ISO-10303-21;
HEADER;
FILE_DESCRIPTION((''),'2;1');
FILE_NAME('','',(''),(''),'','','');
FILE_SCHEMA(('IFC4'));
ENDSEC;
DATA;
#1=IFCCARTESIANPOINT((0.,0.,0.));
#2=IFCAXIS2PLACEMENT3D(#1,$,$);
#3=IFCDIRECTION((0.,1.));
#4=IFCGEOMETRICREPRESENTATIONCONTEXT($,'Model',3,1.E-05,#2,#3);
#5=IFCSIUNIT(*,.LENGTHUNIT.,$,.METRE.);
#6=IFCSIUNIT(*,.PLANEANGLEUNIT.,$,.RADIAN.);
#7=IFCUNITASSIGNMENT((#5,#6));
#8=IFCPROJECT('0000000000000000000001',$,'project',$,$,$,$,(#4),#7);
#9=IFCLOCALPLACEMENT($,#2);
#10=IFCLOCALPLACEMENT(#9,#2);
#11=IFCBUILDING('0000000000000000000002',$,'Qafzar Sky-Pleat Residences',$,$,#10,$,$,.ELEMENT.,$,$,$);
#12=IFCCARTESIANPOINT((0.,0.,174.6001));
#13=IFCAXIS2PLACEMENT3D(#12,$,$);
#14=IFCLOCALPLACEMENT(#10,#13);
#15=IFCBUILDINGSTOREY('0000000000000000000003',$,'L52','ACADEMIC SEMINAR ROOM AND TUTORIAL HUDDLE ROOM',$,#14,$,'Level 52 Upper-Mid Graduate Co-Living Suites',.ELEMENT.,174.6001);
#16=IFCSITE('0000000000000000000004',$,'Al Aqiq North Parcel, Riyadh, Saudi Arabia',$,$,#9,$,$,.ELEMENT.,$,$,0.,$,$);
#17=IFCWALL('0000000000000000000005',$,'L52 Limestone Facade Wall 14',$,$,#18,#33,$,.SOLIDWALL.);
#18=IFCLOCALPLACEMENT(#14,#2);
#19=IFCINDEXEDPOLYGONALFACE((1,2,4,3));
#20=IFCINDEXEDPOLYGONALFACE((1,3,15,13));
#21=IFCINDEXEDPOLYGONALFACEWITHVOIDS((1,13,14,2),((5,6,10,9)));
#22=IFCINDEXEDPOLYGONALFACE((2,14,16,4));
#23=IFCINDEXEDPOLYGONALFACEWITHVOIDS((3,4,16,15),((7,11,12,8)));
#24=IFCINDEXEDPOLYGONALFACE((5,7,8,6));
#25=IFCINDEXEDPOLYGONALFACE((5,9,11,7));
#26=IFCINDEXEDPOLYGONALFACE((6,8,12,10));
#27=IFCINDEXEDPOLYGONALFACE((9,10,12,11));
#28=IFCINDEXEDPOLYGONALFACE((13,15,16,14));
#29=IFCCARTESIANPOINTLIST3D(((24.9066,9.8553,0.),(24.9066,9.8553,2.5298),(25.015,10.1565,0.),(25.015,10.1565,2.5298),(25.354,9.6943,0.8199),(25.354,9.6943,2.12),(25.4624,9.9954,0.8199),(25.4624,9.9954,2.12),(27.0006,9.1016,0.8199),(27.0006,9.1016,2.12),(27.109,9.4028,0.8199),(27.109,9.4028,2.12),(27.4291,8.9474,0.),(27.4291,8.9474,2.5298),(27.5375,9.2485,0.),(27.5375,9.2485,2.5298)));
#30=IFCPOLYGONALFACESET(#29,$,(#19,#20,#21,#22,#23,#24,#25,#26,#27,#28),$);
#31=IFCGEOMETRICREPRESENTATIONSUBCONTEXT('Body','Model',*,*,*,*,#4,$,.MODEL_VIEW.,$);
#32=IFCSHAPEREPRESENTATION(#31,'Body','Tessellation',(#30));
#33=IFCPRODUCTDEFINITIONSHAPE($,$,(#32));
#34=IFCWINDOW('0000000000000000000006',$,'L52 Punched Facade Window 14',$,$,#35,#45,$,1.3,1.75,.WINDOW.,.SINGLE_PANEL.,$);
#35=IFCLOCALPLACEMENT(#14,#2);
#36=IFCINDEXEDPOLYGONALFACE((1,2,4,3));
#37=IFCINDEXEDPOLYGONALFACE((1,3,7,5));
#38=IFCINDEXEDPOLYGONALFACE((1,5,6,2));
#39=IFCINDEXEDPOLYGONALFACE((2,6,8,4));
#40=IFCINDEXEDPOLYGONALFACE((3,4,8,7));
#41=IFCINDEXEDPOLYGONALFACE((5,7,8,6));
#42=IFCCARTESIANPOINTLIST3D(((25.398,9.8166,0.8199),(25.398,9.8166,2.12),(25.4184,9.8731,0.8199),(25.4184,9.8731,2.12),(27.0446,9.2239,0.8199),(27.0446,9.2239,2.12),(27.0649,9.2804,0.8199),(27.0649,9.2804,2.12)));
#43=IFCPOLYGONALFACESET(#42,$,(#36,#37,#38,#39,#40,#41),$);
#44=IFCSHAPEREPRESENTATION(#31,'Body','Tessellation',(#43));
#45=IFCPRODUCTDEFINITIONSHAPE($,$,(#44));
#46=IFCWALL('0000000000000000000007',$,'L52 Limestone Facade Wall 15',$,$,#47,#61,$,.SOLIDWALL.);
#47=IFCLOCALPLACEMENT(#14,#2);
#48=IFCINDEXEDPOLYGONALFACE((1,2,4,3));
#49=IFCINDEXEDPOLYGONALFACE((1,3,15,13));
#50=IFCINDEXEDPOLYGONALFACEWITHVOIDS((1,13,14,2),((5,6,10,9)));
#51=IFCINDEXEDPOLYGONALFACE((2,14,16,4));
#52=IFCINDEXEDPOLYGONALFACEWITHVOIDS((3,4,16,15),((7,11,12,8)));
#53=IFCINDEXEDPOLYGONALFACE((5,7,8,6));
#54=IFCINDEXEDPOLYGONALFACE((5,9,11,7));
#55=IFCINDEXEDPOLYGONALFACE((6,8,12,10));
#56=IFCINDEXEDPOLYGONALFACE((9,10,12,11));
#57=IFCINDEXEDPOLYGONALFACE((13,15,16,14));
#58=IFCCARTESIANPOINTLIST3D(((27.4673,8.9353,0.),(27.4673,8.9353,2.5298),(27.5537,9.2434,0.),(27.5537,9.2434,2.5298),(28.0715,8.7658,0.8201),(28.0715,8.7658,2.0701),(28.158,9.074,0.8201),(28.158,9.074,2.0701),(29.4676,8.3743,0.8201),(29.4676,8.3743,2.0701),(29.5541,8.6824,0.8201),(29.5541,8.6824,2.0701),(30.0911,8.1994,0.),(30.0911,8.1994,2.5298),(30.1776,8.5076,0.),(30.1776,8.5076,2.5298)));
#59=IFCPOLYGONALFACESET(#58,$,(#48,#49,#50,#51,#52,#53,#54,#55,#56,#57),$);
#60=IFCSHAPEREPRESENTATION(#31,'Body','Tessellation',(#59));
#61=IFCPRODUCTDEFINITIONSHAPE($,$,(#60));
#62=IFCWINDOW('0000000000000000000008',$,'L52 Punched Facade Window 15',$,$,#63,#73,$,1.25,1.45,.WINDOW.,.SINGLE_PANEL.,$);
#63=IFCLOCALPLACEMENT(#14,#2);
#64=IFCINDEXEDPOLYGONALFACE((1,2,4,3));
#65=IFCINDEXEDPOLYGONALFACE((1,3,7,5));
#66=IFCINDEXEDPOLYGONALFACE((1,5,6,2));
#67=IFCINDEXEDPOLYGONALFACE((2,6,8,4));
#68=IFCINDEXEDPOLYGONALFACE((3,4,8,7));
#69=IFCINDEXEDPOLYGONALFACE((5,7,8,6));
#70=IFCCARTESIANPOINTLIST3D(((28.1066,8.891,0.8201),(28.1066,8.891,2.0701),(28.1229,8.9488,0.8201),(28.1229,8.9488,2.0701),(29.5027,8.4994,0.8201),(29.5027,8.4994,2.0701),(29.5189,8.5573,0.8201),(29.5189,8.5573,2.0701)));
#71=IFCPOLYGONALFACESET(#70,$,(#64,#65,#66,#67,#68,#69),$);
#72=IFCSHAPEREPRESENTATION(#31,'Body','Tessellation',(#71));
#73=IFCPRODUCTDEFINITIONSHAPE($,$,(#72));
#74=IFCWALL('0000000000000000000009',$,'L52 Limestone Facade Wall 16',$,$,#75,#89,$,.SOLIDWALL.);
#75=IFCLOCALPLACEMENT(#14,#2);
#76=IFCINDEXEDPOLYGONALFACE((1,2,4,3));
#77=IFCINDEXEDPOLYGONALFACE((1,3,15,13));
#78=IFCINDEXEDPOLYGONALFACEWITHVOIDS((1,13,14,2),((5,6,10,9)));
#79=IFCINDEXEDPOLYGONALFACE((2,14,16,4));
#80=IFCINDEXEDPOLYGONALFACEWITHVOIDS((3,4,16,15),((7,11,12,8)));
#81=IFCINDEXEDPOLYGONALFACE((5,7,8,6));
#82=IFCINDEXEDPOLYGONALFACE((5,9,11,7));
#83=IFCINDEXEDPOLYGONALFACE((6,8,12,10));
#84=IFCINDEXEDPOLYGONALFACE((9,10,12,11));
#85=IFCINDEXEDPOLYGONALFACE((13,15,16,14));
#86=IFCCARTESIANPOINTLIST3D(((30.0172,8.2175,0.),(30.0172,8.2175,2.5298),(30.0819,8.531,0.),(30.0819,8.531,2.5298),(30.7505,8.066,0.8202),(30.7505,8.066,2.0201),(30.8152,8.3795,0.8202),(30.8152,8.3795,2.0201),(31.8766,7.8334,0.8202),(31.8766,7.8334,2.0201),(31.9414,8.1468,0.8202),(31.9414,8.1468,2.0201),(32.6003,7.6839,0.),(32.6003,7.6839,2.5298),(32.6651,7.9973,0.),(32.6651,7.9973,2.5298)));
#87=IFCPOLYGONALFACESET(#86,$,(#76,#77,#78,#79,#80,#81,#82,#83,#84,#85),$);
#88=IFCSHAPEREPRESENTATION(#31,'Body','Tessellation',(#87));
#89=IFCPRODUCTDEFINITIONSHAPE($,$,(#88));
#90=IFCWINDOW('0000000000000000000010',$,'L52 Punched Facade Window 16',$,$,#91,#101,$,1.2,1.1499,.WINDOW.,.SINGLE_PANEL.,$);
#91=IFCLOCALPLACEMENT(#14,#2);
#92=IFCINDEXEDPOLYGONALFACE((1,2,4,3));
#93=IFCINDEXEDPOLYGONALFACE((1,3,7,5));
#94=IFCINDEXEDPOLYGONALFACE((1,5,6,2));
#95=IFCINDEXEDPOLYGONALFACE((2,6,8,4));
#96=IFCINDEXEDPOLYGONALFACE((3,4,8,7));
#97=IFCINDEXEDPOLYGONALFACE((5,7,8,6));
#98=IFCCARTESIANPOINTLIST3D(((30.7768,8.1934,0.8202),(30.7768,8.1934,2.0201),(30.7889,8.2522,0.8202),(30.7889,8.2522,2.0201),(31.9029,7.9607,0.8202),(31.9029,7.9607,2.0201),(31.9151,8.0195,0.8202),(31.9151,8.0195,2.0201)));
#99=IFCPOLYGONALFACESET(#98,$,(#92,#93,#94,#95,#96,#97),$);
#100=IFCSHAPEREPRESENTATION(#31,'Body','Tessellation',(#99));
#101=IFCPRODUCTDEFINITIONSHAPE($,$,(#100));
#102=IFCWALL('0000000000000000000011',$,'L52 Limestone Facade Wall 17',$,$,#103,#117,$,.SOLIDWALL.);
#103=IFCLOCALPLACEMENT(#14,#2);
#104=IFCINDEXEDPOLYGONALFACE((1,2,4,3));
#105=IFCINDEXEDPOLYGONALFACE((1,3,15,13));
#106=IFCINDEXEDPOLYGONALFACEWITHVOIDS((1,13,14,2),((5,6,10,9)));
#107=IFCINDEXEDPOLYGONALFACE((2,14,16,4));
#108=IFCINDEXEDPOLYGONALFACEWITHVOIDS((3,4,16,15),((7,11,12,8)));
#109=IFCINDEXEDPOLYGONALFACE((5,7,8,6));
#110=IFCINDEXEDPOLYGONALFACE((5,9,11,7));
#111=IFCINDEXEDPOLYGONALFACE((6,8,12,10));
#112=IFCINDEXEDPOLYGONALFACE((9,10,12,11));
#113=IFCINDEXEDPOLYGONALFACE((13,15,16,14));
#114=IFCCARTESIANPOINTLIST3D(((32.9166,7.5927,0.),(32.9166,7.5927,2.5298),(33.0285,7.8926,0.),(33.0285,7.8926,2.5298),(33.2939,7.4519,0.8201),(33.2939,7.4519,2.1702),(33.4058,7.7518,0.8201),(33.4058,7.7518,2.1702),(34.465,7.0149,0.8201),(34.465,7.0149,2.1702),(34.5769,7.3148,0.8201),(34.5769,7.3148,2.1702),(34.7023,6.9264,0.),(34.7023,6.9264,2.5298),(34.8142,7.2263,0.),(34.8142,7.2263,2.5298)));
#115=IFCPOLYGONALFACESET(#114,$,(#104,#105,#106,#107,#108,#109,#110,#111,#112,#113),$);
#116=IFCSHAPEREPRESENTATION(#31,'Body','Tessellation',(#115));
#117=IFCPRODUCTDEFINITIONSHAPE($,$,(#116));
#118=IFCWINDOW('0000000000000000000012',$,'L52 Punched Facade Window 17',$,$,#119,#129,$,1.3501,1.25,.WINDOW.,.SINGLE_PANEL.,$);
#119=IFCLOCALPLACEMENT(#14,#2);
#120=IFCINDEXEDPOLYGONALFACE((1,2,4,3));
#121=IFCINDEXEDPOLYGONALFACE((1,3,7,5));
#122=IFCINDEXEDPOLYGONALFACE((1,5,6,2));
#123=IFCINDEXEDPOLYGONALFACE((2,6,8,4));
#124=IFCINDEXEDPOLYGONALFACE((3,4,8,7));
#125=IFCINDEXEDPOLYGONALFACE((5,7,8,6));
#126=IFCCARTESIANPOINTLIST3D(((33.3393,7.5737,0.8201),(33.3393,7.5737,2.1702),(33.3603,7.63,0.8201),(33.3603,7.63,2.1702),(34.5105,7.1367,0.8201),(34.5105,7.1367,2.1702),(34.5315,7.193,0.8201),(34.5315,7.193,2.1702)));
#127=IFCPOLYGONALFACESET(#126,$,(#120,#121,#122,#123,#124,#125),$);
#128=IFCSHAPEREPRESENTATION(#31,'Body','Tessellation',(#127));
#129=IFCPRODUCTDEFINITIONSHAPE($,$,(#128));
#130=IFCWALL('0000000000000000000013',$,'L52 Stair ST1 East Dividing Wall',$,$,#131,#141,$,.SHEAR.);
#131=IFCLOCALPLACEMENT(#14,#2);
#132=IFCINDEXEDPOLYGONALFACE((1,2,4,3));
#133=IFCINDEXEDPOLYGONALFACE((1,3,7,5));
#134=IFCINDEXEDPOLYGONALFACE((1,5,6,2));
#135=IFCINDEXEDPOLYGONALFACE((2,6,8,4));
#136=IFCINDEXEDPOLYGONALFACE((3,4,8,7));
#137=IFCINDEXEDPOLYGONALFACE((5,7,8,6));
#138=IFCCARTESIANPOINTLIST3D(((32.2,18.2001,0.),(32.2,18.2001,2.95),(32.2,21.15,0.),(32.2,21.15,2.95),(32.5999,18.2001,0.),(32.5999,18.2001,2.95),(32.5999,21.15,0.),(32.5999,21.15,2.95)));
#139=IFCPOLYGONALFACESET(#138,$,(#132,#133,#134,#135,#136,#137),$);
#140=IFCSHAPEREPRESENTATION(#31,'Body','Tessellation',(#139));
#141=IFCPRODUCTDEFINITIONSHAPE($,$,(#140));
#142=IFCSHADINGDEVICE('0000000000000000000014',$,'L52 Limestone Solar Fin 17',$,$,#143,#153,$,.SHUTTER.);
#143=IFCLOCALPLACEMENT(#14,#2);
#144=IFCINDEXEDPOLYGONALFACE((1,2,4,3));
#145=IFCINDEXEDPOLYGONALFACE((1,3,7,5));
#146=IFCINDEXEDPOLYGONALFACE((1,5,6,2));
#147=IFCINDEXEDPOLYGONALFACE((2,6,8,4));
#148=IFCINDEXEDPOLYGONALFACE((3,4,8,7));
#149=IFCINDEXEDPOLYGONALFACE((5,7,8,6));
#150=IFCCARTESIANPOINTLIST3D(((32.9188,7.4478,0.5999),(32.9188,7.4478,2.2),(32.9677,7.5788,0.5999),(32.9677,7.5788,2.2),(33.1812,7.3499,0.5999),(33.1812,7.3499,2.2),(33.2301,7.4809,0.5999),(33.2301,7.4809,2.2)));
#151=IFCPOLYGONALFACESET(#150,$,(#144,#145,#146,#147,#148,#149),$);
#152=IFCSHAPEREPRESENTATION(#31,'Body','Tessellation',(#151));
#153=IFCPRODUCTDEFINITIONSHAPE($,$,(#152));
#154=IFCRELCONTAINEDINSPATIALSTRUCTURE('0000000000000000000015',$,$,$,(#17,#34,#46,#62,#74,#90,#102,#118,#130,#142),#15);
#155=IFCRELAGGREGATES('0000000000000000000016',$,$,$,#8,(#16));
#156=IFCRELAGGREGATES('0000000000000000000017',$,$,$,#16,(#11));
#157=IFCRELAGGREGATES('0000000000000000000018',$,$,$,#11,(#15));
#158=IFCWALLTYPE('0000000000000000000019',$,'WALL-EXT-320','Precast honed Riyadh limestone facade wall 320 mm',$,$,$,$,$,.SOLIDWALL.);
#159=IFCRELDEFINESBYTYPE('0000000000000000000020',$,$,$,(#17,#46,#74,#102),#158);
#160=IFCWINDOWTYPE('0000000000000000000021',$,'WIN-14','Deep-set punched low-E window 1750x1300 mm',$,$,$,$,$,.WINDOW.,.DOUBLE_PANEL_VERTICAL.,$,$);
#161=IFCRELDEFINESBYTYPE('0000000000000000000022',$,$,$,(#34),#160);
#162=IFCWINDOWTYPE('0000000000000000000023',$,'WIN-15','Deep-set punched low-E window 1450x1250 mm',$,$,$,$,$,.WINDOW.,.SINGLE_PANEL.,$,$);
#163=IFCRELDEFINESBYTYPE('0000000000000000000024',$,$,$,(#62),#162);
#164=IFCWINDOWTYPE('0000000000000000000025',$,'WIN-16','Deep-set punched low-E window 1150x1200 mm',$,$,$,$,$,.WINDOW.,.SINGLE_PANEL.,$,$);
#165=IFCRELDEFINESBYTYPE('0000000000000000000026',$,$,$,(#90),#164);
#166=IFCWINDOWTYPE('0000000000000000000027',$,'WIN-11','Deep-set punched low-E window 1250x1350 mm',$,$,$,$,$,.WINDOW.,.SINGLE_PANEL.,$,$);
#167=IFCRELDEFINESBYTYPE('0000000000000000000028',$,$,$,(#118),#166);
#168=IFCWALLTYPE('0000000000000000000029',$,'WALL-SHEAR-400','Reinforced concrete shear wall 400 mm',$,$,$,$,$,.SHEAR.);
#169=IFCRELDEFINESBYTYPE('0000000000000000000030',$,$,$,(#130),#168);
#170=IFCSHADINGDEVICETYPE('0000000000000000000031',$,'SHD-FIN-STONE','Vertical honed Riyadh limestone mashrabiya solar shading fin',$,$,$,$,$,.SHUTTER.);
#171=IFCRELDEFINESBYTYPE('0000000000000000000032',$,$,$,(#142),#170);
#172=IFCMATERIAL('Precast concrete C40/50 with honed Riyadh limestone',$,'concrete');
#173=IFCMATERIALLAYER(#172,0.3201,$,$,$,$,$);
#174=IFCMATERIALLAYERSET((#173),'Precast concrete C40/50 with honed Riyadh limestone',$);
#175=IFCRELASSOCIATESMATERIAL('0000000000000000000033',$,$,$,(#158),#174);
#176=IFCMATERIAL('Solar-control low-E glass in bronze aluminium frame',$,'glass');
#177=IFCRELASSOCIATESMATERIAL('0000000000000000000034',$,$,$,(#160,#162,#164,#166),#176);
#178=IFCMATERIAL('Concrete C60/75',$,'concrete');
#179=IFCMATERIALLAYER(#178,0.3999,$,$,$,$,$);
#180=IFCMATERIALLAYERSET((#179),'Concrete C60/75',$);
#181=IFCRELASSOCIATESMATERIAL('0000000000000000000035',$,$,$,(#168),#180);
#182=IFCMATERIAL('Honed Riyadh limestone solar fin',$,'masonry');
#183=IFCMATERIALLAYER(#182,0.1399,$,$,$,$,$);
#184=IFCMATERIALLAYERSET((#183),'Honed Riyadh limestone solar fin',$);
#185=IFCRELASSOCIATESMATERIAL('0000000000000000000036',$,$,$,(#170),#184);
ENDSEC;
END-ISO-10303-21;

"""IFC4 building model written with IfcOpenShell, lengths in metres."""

from ifc_helpers import new_model, si_unit, direction, frame, frame_2d, origin, origin_2d, place, context, subcontext, project, spatial, rectangle, extrude, source, transform, mapped, material, layer, layer_set, type_object, element, fill, save


model = new_model("IFC4")

# Units and contexts
model_context = context("Model", 3, precision=1e-05, world=origin(), true_north=direction((0.0, 1.0)))
body_context = subcontext(model_context, "Body", "Model", "MODEL_VIEW")
ifc_project = project(units=[si_unit("LENGTHUNIT", "METRE"), si_unit("PLANEANGLEUNIT", "RADIAN")], contexts=[model_context])

# Site, building, storey
site_placement = place(None, origin())
site = spatial("IfcSite", under=ifc_project, at=site_placement, Name="Al Aqiq North Parcel, Riyadh, Saudi Arabia", CompositionType="ELEMENT", RefElevation=0.0)
building_placement = place(site_placement, origin())
building = spatial("IfcBuilding", under=site, at=building_placement, Name="Qafzar Sky-Pleat Residences", CompositionType="ELEMENT")
storey_placement = place(building_placement, frame((0.0, 0.0, 174.6001)))
storey = spatial("IfcBuildingStorey", under=building, at=storey_placement, Name="L52", Description="ACADEMIC SEMINAR ROOM AND TUTORIAL HUDDLE ROOM", LongName="Level 52 Upper-Mid Graduate Co-Living Suites", CompositionType="ELEMENT", Elevation=174.6001)

# Shared definitions
ifc_material_1 = material(Name="Concrete C60/75", Category="concrete")

# Walls, openings, windows
ifc_material_2 = material(Name="Precast concrete C40/50 with honed Riyadh limestone", Category="concrete")
ifc_layer_1 = layer(ifc_material_2, 0.3201)
ifc_layer_set_1 = layer_set([ifc_layer_1], Name="Precast concrete C40/50 with honed Riyadh limestone")
wall_type_1 = type_object("IfcWallType", Name="WALL-EXT-320", Description="Precast honed Riyadh limestone facade wall 320 mm", PredefinedType="SOLIDWALL", material=ifc_layer_set_1)
wall_1_placement = place(storey_placement, frame((24.9609, 10.0059, 0.0), z_axis=(0.0, 0.0, 1.0), x_axis=(0.940903, -0.338678, 0.0)))
wall_1 = element("IfcWall", 1, at=wall_1_placement, inside=storey, type_object=wall_type_1, Name="L52 Limestone Facade Wall 14", PredefinedType="SOLIDWALL", context=body_context, shape_type="SweptSolid", body=[
    extrude(rectangle(XDim=2.6809, YDim=0.3201, at=frame_2d((1.3403, 0.0))), origin(), (0.0, 0.0, 1.0), 2.5298),
])
opening_1_placement = place(wall_1_placement, frame((0.4753, 0.0, 0.8201)))
opening_1 = element("IfcOpeningElement", 2, at=opening_1_placement, cuts=wall_1, PredefinedType="OPENING", context=body_context, shape_type="SweptSolid", body=[
    extrude(rectangle(XDim=1.75, YDim=1.3, at=frame_2d((0.875, 0.6499))), frame((0.0, 0.1699, 0.0), z_axis=(0.0, -1.0, 0.0), x_axis=(1.0, 0.0, 0.0)), (0.0, 0.0, 1.0), 0.3401),
])
ifc_material_3 = material(Name="Solar-control low-E glass in bronze aluminium frame", Category="glass")
window_type_1 = type_object("IfcWindowType", Name="WIN-14", Description="Deep-set punched low-E window 1750x1300 mm", PartitioningType="DOUBLE_PANEL_VERTICAL", PredefinedType="WINDOW", material=ifc_material_3)
shared_shape_1 = source(origin(), body_context, "Body", "SweptSolid", [
    extrude(rectangle(XDim=1.75, YDim=1.3, at=frame_2d((0.875, 0.6499))), frame((0.0, 0.03, 0.0), z_axis=(0.0, -1.0, 0.0), x_axis=(1.0, 0.0, 0.0)), (0.0, 0.0, 1.0), 0.0601),
])
window_1_placement = place(opening_1_placement, origin())
window_1 = element("IfcWindow", 3, at=window_1_placement, inside=storey, type_object=window_type_1, Name="L52 Punched Facade Window 14", OverallHeight=1.3, OverallWidth=1.75, PartitioningType="SINGLE_PANEL", PredefinedType="WINDOW", context=body_context, shape_type="MappedRepresentation", body=[
    mapped(shared_shape_1, transform((0.0, 0.0, 0.0), x_axis=(1.0, 0.0, 0.0), y_axis=(0.0, 1.0, 0.0), z_axis=(0.0, 0.0, 1.0), scale=1.0)),
])
fill(opening_1, window_1)
wall_2_placement = place(storey_placement, frame((27.5105, 9.0894, 0.0), z_axis=(0.0, 0.0, 1.0), x_axis=(0.962851, -0.270032, 0.0)))
wall_2 = element("IfcWall", 4, at=wall_2_placement, inside=storey, type_object=wall_type_1, Name="L52 Limestone Facade Wall 15", PredefinedType="SOLIDWALL", context=body_context, shape_type="SweptSolid", body=[
    extrude(rectangle(XDim=2.7251, YDim=0.3201, at=frame_2d((1.3625, 0.0))), origin(), (0.0, 0.0, 1.0), 2.5298),
])
opening_2_placement = place(wall_2_placement, frame((0.6274, 0.0, 0.8201)))
opening_2 = element("IfcOpeningElement", 5, at=opening_2_placement, cuts=wall_2, PredefinedType="OPENING", context=body_context, shape_type="SweptSolid", body=[
    extrude(rectangle(XDim=1.45, YDim=1.25, at=frame_2d((0.7251, 0.625))), frame((0.0, 0.1699, 0.0), z_axis=(0.0, -1.0, 0.0), x_axis=(1.0, 0.0, 0.0)), (0.0, 0.0, 1.0), 0.3401),
])
window_type_2 = type_object("IfcWindowType", Name="WIN-15", Description="Deep-set punched low-E window 1450x1250 mm", PartitioningType="SINGLE_PANEL", PredefinedType="WINDOW", material=ifc_material_3)
shared_shape_2 = source(origin(), body_context, "Body", "SweptSolid", [
    extrude(rectangle(XDim=1.45, YDim=1.25, at=frame_2d((0.7251, 0.625))), frame((0.0, 0.03, 0.0), z_axis=(0.0, -1.0, 0.0), x_axis=(1.0, 0.0, 0.0)), (0.0, 0.0, 1.0), 0.0601),
])
window_2_placement = place(opening_2_placement, origin())
window_2 = element("IfcWindow", 6, at=window_2_placement, inside=storey, type_object=window_type_2, Name="L52 Punched Facade Window 15", OverallHeight=1.25, OverallWidth=1.45, PartitioningType="SINGLE_PANEL", PredefinedType="WINDOW", context=body_context, shape_type="MappedRepresentation", body=[
    mapped(shared_shape_2, transform((0.0, 0.0, 0.0), x_axis=(1.0, 0.0, 0.0), y_axis=(0.0, 1.0, 0.0), z_axis=(0.0, 0.0, 1.0), scale=1.0)),
])
fill(opening_2, window_2)
wall_3_placement = place(storey_placement, frame((30.0496, 8.3743, 0.0), z_axis=(0.0, 0.0, 1.0), x_axis=(0.979319, -0.202324, 0.0)))
wall_3 = element("IfcWall", 7, at=wall_3_placement, inside=storey, type_object=wall_type_1, Name="L52 Limestone Facade Wall 16", PredefinedType="SOLIDWALL", context=body_context, shape_type="SweptSolid", body=[
    extrude(rectangle(XDim=2.6377, YDim=0.3201, at=frame_2d((1.3188, 0.0))), origin(), (0.0, 0.0, 1.0), 2.5298),
])
opening_3_placement = place(wall_3_placement, frame((0.7488, 0.0, 0.8201)))
opening_3 = element("IfcOpeningElement", 8, at=opening_3_placement, cuts=wall_3, PredefinedType="OPENING", context=body_context, shape_type="SweptSolid", body=[
    extrude(rectangle(XDim=1.1499, YDim=1.2, at=frame_2d((0.575, 0.6001))), frame((0.0, 0.1699, 0.0), z_axis=(0.0, -1.0, 0.0), x_axis=(1.0, 0.0, 0.0)), (0.0, 0.0, 1.0), 0.3401),
])
window_type_3 = type_object("IfcWindowType", Name="WIN-16", Description="Deep-set punched low-E window 1150x1200 mm", PartitioningType="SINGLE_PANEL", PredefinedType="WINDOW", material=ifc_material_3)
shared_shape_3 = source(origin(), body_context, "Body", "SweptSolid", [
    extrude(rectangle(XDim=1.1499, YDim=1.2, at=frame_2d((0.575, 0.6001))), frame((0.0, 0.03, 0.0), z_axis=(0.0, -1.0, 0.0), x_axis=(1.0, 0.0, 0.0)), (0.0, 0.0, 1.0), 0.0601),
])
window_3_placement = place(opening_3_placement, origin())
window_3 = element("IfcWindow", 9, at=window_3_placement, inside=storey, type_object=window_type_3, Name="L52 Punched Facade Window 16", OverallHeight=1.2, OverallWidth=1.1499, PartitioningType="SINGLE_PANEL", PredefinedType="WINDOW", context=body_context, shape_type="MappedRepresentation", body=[
    mapped(shared_shape_3, transform((0.0, 0.0, 0.0), x_axis=(1.0, 0.0, 0.0), y_axis=(0.0, 1.0, 0.0), z_axis=(0.0, 0.0, 1.0), scale=1.0)),
])
fill(opening_3, window_3)
wall_4_placement = place(storey_placement, frame((32.9724, 7.7427, 0.0), z_axis=(0.0, 0.0, 1.0), x_axis=(0.936907, -0.349579, 0.0)))
wall_4 = element("IfcWall", 10, at=wall_4_placement, inside=storey, type_object=wall_type_1, Name="L52 Limestone Facade Wall 17", PredefinedType="SOLIDWALL", context=body_context, shape_type="SweptSolid", body=[
    extrude(rectangle(XDim=1.906, YDim=0.3201, at=frame_2d((0.9531, 0.0))), origin(), (0.0, 0.0, 1.0), 2.5298),
])
opening_4_placement = place(wall_4_placement, frame((0.4028, 0.0, 0.8201)))
opening_4 = element("IfcOpeningElement", 11, at=opening_4_placement, cuts=wall_4, PredefinedType="OPENING", context=body_context, shape_type="SweptSolid", body=[
    extrude(rectangle(XDim=1.25, YDim=1.3501, at=frame_2d((0.625, 0.675))), frame((0.0, 0.1699, 0.0), z_axis=(0.0, -1.0, 0.0), x_axis=(1.0, 0.0, 0.0)), (0.0, 0.0, 1.0), 0.3401),
])
window_type_4 = type_object("IfcWindowType", Name="WIN-11", Description="Deep-set punched low-E window 1250x1350 mm", PartitioningType="SINGLE_PANEL", PredefinedType="WINDOW", material=ifc_material_3)
shared_shape_4 = source(origin(), body_context, "Body", "SweptSolid", [
    extrude(rectangle(XDim=1.25, YDim=1.3501, at=frame_2d((0.625, 0.675))), frame((0.0, 0.03, 0.0), z_axis=(0.0, -1.0, 0.0), x_axis=(1.0, 0.0, 0.0)), (0.0, 0.0, 1.0), 0.0601),
])
window_4_placement = place(opening_4_placement, origin())
window_4 = element("IfcWindow", 12, at=window_4_placement, inside=storey, type_object=window_type_4, Name="L52 Punched Facade Window 17", OverallHeight=1.3501, OverallWidth=1.25, PartitioningType="SINGLE_PANEL", PredefinedType="WINDOW", context=body_context, shape_type="MappedRepresentation", body=[
    mapped(shared_shape_4, transform((0.0, 0.0, 0.0), x_axis=(1.0, 0.0, 0.0), y_axis=(0.0, 1.0, 0.0), z_axis=(0.0, 0.0, 1.0), scale=1.0)),
])
fill(opening_4, window_4)

# Wall
ifc_layer_2 = layer(ifc_material_1, 0.3999)
ifc_layer_set_2 = layer_set([ifc_layer_2], Name="Concrete C60/75")
wall_type_2 = type_object("IfcWallType", Name="WALL-SHEAR-400", Description="Reinforced concrete shear wall 400 mm", PredefinedType="SHEAR", material=ifc_layer_set_2)
wall_5_placement = place(storey_placement, frame((32.3999, 18.2, 0.0), z_axis=(0.0, 0.0, 1.0), x_axis=(0.0, 1.0, 0.0)))
element("IfcWall", 13, at=wall_5_placement, inside=storey, type_object=wall_type_2, Name="L52 Stair ST1 East Dividing Wall", PredefinedType="SHEAR", context=body_context, shape_type="SweptSolid", body=[
    extrude(rectangle(XDim=2.95, YDim=0.3999, at=frame_2d((1.4751, 0.0))), origin(), (0.0, 0.0, 1.0), 2.95),
])

# Shading device
ifc_material_4 = material(Name="Honed Riyadh limestone solar fin", Category="masonry")
ifc_layer_3 = layer(ifc_material_4, 0.1399)
ifc_layer_set_3 = layer_set([ifc_layer_3], Name="Honed Riyadh limestone solar fin")
shading_device_type = type_object("IfcShadingDeviceType", Name="SHD-FIN-STONE", Description="Vertical honed Riyadh limestone mashrabiya solar shading fin", PredefinedType="SHUTTER", material=ifc_layer_set_3)
shared_shape_5 = source(origin(), body_context, "Body", "SweptSolid", [
    extrude(rectangle(XDim=0.1399, YDim=0.28, at=origin_2d()), origin(), (0.0, 0.0, 1.0), 1.6001),
])
shading_device_placement = place(storey_placement, frame((33.0745, 7.4644, 0.5999), z_axis=(0.0, 0.0, 1.0), x_axis=(-0.349603, -0.936898, 0.0)))
element("IfcShadingDevice", 14, at=shading_device_placement, inside=storey, type_object=shading_device_type, Name="L52 Limestone Solar Fin 17", PredefinedType="SHUTTER", context=body_context, shape_type="MappedRepresentation", body=[
    mapped(shared_shape_5, transform((0.0, 0.0, 0.0), x_axis=(1.0, 0.0, 0.0), y_axis=(0.0, 1.0, 0.0), z_axis=(0.0, 0.0, 1.0), scale=1.0)),
])

save(model, "model.ifc")
